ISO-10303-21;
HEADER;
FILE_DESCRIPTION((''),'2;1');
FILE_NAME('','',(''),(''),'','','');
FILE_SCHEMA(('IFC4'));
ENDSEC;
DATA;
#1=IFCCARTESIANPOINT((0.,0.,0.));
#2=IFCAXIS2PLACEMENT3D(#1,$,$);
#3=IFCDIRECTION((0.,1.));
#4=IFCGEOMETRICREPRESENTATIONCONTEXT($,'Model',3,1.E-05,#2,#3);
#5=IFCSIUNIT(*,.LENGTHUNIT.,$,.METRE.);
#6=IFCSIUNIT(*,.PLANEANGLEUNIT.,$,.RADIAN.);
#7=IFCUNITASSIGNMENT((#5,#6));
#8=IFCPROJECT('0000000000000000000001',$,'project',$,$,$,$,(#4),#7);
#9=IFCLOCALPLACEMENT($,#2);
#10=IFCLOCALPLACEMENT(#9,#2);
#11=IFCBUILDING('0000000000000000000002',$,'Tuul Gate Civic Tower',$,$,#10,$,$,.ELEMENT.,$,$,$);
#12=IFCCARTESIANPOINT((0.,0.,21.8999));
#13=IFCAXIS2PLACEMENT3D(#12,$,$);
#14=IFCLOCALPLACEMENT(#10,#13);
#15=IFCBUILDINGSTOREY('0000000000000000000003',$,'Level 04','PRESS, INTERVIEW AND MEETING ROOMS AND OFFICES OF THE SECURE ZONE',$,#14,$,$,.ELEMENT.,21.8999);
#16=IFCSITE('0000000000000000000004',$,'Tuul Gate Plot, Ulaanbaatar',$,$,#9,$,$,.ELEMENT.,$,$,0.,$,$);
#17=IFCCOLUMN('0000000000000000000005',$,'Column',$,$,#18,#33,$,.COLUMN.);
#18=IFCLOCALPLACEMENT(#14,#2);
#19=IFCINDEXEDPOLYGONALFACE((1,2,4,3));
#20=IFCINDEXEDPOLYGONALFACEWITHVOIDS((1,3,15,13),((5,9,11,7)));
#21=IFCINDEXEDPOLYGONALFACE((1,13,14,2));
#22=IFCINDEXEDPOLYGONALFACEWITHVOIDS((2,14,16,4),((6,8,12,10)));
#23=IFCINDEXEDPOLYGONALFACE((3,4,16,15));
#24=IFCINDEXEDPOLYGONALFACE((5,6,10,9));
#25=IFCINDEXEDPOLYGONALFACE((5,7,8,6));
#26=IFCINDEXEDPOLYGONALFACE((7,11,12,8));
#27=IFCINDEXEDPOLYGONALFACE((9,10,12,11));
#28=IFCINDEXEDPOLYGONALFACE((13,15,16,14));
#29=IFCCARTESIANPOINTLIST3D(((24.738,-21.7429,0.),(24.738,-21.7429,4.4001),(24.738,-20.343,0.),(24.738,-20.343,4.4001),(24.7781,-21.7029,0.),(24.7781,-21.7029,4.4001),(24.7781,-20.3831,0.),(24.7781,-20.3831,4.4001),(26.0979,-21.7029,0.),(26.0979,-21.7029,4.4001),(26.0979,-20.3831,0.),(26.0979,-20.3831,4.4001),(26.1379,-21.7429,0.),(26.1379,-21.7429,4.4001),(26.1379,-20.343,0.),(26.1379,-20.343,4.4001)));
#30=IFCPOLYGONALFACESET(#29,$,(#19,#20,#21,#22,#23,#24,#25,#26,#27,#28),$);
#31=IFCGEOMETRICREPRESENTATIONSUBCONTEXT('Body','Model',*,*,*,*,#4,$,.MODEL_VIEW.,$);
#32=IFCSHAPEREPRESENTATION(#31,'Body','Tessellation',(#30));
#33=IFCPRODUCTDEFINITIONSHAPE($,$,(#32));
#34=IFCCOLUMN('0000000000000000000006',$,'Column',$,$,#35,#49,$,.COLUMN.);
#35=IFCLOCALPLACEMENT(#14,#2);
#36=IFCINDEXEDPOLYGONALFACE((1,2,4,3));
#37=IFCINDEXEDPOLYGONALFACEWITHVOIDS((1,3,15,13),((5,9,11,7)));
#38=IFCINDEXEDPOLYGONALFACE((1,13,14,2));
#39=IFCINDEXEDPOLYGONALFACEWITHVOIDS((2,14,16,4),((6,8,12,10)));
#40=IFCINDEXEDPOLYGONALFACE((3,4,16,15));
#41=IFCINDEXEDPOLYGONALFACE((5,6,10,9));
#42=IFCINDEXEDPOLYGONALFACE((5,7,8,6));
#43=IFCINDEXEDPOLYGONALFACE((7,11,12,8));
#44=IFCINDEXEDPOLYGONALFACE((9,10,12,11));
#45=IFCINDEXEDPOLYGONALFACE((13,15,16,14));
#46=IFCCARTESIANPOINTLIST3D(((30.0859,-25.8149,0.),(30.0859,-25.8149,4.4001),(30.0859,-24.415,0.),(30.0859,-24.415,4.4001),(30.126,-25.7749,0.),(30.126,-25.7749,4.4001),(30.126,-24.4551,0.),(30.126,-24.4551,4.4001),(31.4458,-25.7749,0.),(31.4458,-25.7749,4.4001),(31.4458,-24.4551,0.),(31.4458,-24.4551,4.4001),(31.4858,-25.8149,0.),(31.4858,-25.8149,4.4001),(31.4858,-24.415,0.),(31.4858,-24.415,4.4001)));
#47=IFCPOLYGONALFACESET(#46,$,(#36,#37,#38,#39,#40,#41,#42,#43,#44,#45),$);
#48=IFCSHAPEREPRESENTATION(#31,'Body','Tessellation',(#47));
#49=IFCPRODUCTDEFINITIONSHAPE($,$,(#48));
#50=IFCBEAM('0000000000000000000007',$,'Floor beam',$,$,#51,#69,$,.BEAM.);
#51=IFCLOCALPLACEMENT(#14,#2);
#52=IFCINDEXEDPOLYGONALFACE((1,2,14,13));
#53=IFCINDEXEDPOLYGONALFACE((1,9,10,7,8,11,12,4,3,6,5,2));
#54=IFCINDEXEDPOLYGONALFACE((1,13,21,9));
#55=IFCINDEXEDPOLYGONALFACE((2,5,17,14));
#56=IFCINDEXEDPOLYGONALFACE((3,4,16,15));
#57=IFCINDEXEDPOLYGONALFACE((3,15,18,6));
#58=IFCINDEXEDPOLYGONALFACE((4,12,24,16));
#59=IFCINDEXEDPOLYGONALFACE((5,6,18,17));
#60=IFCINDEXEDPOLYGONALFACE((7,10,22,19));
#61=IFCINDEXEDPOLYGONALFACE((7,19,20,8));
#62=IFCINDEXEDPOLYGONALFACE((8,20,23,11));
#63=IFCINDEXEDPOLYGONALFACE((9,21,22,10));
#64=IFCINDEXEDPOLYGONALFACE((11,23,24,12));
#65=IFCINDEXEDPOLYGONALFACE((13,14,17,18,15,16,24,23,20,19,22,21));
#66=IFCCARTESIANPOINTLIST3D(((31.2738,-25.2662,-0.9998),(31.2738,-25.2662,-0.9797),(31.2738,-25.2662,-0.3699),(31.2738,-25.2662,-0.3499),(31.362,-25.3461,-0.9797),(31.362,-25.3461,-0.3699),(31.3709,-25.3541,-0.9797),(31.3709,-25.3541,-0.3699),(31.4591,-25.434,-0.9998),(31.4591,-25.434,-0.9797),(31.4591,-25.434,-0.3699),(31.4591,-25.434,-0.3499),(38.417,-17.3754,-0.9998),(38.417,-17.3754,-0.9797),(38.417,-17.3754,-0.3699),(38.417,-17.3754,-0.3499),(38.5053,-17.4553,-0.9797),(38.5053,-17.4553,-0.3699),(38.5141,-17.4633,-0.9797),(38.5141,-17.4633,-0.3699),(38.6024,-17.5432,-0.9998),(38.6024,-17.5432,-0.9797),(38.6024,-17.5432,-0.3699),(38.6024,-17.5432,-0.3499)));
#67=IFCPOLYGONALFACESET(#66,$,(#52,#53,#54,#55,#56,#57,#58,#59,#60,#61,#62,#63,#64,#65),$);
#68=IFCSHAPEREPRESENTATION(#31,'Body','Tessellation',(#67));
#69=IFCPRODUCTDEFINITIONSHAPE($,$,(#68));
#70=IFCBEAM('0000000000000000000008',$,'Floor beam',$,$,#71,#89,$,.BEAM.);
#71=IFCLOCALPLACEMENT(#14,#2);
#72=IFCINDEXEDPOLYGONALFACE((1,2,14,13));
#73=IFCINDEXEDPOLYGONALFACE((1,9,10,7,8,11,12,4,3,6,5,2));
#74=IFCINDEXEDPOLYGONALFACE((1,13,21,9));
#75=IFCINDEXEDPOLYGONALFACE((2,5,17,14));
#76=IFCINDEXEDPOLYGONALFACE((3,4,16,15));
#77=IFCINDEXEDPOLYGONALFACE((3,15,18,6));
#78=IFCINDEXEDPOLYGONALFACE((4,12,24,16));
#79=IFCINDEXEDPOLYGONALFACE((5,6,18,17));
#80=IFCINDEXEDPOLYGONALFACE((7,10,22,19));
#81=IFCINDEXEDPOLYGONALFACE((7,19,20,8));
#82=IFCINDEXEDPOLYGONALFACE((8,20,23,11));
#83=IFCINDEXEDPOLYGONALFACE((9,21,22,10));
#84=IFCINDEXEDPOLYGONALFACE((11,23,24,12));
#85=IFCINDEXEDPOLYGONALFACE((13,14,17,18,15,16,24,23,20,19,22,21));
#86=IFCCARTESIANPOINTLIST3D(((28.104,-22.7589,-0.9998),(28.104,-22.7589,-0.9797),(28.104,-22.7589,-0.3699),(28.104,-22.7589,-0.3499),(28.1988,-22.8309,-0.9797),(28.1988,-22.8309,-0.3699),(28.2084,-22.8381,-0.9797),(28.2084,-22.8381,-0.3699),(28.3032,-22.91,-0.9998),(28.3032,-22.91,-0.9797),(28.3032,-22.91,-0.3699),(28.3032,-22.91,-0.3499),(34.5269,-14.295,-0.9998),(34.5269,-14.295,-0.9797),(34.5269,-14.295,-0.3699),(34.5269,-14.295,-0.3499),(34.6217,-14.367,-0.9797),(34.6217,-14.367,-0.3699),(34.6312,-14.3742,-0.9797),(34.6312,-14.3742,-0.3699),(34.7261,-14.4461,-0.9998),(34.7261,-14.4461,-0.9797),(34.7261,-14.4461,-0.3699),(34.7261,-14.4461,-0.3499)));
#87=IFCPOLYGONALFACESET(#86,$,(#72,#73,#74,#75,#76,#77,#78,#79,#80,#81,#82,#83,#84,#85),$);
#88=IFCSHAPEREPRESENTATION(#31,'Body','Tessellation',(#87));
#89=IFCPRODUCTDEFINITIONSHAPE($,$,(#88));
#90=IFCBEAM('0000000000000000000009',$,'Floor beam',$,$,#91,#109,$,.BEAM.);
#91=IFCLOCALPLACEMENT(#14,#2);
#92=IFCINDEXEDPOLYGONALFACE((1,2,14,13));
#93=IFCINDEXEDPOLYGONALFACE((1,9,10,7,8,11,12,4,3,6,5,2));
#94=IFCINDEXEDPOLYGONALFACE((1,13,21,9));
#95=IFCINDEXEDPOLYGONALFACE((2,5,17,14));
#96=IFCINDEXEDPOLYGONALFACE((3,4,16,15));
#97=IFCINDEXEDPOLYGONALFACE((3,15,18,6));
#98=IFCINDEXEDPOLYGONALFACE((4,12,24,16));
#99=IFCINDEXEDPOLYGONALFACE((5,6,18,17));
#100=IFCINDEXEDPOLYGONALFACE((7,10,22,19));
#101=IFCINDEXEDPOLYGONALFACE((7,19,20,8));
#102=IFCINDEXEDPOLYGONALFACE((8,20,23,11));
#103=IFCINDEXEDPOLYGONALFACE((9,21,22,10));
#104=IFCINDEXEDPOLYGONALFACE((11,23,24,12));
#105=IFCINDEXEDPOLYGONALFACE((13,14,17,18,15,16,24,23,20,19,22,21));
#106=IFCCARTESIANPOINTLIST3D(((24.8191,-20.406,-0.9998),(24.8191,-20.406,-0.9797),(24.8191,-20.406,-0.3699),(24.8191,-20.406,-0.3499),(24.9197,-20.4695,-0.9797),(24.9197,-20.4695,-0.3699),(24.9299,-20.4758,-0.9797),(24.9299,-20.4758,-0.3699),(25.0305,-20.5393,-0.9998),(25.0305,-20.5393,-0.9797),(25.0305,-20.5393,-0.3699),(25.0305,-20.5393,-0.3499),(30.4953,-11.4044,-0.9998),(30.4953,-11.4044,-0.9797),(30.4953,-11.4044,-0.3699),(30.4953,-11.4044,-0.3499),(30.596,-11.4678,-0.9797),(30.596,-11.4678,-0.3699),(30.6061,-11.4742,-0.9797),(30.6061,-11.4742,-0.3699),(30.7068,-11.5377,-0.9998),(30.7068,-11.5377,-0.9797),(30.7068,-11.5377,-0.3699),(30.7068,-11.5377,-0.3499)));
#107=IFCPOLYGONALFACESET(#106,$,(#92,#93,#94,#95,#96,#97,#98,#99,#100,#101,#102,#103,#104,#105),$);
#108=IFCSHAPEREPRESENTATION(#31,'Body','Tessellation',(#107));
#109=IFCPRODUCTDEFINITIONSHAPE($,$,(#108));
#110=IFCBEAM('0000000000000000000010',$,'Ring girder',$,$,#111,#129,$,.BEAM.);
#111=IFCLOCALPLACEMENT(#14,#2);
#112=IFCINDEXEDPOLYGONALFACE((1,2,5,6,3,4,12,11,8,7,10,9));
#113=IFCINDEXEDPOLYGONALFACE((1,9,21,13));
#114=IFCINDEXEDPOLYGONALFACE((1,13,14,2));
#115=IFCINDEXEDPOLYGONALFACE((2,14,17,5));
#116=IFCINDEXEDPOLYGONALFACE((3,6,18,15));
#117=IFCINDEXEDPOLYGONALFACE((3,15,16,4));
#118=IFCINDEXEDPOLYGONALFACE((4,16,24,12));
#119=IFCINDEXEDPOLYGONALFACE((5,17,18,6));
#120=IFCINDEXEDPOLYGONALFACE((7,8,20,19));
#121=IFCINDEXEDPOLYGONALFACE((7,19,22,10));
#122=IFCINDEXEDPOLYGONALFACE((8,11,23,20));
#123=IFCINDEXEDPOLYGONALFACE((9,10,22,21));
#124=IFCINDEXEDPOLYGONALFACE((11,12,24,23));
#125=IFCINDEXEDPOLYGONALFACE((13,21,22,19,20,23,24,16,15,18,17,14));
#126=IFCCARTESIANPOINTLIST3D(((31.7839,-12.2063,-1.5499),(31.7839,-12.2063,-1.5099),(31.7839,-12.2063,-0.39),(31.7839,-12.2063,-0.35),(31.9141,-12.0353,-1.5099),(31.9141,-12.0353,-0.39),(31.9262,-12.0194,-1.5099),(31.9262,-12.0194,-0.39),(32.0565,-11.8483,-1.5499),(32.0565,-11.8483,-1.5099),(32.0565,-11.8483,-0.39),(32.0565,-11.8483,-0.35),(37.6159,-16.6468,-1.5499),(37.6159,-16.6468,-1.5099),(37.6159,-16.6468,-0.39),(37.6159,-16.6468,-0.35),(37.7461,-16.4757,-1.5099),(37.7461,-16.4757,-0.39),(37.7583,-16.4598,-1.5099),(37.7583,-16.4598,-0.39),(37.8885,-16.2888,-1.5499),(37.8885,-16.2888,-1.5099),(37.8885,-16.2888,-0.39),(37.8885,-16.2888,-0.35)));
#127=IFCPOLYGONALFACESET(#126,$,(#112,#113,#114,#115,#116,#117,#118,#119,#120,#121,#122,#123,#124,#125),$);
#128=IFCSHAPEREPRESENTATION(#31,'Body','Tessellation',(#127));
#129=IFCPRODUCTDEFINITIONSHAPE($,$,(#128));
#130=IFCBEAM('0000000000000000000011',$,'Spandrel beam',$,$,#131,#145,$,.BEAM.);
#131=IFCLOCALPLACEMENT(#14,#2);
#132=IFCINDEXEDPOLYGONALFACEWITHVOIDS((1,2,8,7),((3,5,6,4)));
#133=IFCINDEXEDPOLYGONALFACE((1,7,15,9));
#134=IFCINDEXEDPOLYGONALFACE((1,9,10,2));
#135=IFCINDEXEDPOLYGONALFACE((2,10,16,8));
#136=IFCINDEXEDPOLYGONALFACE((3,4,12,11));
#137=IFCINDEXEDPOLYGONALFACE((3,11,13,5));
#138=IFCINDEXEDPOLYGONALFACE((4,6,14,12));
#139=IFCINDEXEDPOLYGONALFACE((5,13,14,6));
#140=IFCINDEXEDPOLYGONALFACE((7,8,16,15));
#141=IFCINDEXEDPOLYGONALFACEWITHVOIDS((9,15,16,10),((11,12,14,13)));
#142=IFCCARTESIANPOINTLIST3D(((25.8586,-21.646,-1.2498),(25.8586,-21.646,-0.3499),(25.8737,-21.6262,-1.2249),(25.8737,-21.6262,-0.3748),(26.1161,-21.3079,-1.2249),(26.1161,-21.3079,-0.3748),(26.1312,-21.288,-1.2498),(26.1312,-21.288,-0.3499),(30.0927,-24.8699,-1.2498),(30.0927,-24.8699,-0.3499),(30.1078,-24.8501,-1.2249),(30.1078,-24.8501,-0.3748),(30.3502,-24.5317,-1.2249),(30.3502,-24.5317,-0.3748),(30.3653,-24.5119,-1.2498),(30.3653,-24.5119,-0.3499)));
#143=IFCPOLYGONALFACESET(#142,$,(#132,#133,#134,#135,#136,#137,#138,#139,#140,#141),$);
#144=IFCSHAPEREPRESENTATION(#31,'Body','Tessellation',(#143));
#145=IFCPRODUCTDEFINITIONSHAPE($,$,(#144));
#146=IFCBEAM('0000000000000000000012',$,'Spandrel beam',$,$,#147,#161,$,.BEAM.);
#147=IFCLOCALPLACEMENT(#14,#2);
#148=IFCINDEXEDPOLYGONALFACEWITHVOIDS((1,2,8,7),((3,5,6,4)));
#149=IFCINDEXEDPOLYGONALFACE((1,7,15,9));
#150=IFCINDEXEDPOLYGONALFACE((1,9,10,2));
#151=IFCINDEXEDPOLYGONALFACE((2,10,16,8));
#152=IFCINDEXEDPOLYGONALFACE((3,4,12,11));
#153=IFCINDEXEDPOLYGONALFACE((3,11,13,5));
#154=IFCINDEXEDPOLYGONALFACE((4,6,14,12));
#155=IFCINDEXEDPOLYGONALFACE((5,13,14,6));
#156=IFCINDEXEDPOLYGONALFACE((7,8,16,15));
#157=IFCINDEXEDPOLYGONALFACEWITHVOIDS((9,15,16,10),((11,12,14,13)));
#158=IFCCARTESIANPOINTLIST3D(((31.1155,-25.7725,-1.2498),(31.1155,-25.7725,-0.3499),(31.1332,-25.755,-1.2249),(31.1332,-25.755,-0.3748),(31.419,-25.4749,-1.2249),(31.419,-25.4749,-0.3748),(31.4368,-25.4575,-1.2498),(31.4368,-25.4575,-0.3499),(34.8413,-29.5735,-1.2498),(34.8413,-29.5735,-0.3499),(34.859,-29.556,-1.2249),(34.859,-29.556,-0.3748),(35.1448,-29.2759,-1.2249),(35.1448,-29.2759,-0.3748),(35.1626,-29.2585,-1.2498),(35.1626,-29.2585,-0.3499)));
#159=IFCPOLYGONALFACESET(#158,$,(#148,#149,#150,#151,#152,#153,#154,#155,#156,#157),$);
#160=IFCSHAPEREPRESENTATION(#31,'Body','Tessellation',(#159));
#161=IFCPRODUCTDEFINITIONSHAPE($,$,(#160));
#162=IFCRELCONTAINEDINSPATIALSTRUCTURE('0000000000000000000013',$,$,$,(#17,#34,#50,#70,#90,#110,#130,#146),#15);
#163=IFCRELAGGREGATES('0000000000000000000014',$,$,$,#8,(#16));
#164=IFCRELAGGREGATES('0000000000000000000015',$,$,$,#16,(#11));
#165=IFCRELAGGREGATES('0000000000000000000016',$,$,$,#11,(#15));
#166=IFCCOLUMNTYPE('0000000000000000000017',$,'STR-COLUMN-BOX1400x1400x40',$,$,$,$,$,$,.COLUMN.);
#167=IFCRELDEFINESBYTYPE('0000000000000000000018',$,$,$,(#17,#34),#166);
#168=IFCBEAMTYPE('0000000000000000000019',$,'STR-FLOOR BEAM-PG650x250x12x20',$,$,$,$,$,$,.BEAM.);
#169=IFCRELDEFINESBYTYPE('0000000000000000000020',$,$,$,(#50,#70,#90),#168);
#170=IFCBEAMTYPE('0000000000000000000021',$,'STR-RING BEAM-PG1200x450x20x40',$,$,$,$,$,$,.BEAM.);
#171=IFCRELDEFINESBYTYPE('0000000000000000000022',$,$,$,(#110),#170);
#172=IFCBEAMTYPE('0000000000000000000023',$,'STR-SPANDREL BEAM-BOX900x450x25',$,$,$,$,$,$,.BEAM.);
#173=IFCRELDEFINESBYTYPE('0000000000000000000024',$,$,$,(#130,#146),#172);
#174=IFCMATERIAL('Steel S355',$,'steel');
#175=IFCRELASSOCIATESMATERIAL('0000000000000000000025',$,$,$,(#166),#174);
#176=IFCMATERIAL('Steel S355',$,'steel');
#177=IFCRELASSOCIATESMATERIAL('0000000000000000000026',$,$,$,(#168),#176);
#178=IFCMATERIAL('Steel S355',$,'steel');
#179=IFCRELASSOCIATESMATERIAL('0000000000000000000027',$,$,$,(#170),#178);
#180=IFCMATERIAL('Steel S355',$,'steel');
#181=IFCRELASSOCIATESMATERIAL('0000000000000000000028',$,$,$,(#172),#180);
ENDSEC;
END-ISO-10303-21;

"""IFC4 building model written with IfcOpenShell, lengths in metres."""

from ifc_helpers import new_model, si_unit, direction, frame, origin, origin_2d, place, context, subcontext, project, spatial, hollow_rectangle, i_section, extrude, material, material_profile, profile_set, type_object, element, save


model = new_model("IFC4")

# Units and contexts
model_context = context("Model", 3, precision=1e-05, world=origin(), true_north=direction((0.0, 1.0)))
body_context = subcontext(model_context, "Body", "Model", "MODEL_VIEW")
ifc_project = project(units=[si_unit("LENGTHUNIT", "METRE"), si_unit("PLANEANGLEUNIT", "RADIAN")], contexts=[model_context])

# Site, building, storey
site_placement = place(None, origin())
site = spatial("IfcSite", under=ifc_project, at=site_placement, Name="Tuul Gate Plot, Ulaanbaatar", CompositionType="ELEMENT", RefElevation=0.0)
building_placement = place(site_placement, origin())
building = spatial("IfcBuilding", under=site, at=building_placement, Name="Tuul Gate Civic Tower", CompositionType="ELEMENT")
storey_placement = place(building_placement, frame((0.0, 0.0, 21.8999)))
storey = spatial("IfcBuildingStorey", under=building, at=storey_placement, Name="Level 04", Description="PRESS, INTERVIEW AND MEETING ROOMS AND OFFICES OF THE SECURE ZONE", CompositionType="ELEMENT", Elevation=21.8999)

# Columns
ifc_material_1 = material(Name="Steel S355", Category="steel")
ifc_material_profile_1 = material_profile(ifc_material_1, hollow_rectangle(XDim=1.3999, YDim=1.3999, WallThickness=0.04, at=origin_2d()), Name="BOX1400x1400x40")
ifc_profile_set_1 = profile_set([ifc_material_profile_1], Name="Steel S355")
column_type = type_object("IfcColumnType", Name="STR-COLUMN-BOX1400x1400x40", PredefinedType="COLUMN", material=ifc_profile_set_1)
for number, where, z_axis, x_axis, name in (
    (1, (25.438, -21.043, 0.0), (0.0, 0.0, 1.0), (1.0, 0.0, 0.0), "Column"),
    (2, (30.7859, -25.115, 0.0), (0.0, 0.0, 1.0), (1.0, 0.0, 0.0), "Column"),
):
    element("IfcColumn", number, at=place(storey_placement, frame(where, z_axis=z_axis, x_axis=x_axis)), inside=storey, type_object=column_type, Name=name, PredefinedType="COLUMN", context=body_context, shape_type="SweptSolid", body=[
        extrude(hollow_rectangle(XDim=1.3999, YDim=1.3999, WallThickness=0.04, at=origin_2d()), origin(), (0.0, 0.0, 1.0), 4.4001),
    ])

# Beams
ifc_material_2 = material(Name="Steel S355", Category="steel")
ifc_material_profile_2 = material_profile(ifc_material_2, i_section(OverallWidth=0.25, OverallDepth=0.6499, WebThickness=0.012, FlangeThickness=0.02, at=origin_2d()), Name="PG650x250x12x20")
ifc_profile_set_2 = profile_set([ifc_material_profile_2], Name="Steel S355")
beam_type_1 = type_object("IfcBeamType", Name="STR-FLOOR BEAM-PG650x250x12x20", PredefinedType="BEAM", material=ifc_profile_set_2)
beam_1_placement = place(storey_placement, frame((31.3665, -25.3501, -0.6748), z_axis=(0.671118, 0.741351, 0.0), x_axis=(-0.741351, 0.671118, 0.0)))
element("IfcBeam", 3, at=beam_1_placement, inside=storey, type_object=beam_type_1, Name="Floor beam", PredefinedType="BEAM", context=body_context, shape_type="SweptSolid", body=[
    extrude(i_section(OverallWidth=0.25, OverallDepth=0.6499, WebThickness=0.012, FlangeThickness=0.02, at=origin_2d()), origin(), (0.0, 0.0, 1.0), 10.6438),
])
beam_2_placement = place(storey_placement, frame((28.2036, -22.8345, -0.6748), z_axis=(0.604505, 0.796601, 0.0), x_axis=(-0.796601, 0.604505, 0.0)))
element("IfcBeam", 4, at=beam_2_placement, inside=storey, type_object=beam_type_1, Name="Floor beam", PredefinedType="BEAM", context=body_context, shape_type="SweptSolid", body=[
    extrude(i_section(OverallWidth=0.25, OverallDepth=0.6499, WebThickness=0.012, FlangeThickness=0.02, at=origin_2d()), origin(), (0.0, 0.0, 1.0), 10.625),
])
beam_3_placement = place(storey_placement, frame((24.9248, -20.4727, -0.6748), z_axis=(0.533387, 0.845871, 0.0), x_axis=(-0.845871, 0.533387, 0.0)))
element("IfcBeam", 5, at=beam_3_placement, inside=storey, type_object=beam_type_1, Name="Floor beam", PredefinedType="BEAM", context=body_context, shape_type="SweptSolid", body=[
    extrude(i_section(OverallWidth=0.25, OverallDepth=0.6499, WebThickness=0.012, FlangeThickness=0.02, at=origin_2d()), origin(), (0.0, 0.0, 1.0), 10.6418),
])
ifc_material_3 = material(Name="Steel S355", Category="steel")
ifc_material_profile_3 = material_profile(ifc_material_3, i_section(OverallWidth=0.45, OverallDepth=1.2, WebThickness=0.02, FlangeThickness=0.04, at=origin_2d()), Name="PG1200x450x20x40")
ifc_profile_set_3 = profile_set([ifc_material_profile_3], Name="Steel S355")
beam_type_2 = type_object("IfcBeamType", Name="STR-RING BEAM-PG1200x450x20x40", PredefinedType="BEAM", material=ifc_profile_set_3)
beam_4_placement = place(storey_placement, frame((31.9202, -12.0273, -0.95), z_axis=(0.79563, -0.605782, 0.0), x_axis=(0.605782, 0.79563, 0.0)))
element("IfcBeam", 6, at=beam_4_placement, inside=storey, type_object=beam_type_2, Name="Ring girder", PredefinedType="BEAM", context=body_context, shape_type="SweptSolid", body=[
    extrude(i_section(OverallWidth=0.45, OverallDepth=1.2, WebThickness=0.02, FlangeThickness=0.04, at=origin_2d()), origin(), (0.0, 0.0, 1.0), 7.3301),
])
ifc_material_4 = material(Name="Steel S355", Category="steel")
ifc_material_profile_4 = material_profile(ifc_material_4, hollow_rectangle(XDim=0.45, YDim=0.8999, WallThickness=0.0249, at=origin_2d()), Name="BOX900x450x25")
ifc_profile_set_4 = profile_set([ifc_material_profile_4], Name="Steel S355")
beam_type_3 = type_object("IfcBeamType", Name="STR-SPANDREL BEAM-BOX900x450x25", PredefinedType="BEAM", material=ifc_profile_set_4)
beam_5_placement = place(storey_placement, frame((25.9949, -21.467, -0.7998), z_axis=(0.795624, -0.60579, 0.0), x_axis=(0.60579, 0.795624, 0.0)))
element("IfcBeam", 7, at=beam_5_placement, inside=storey, type_object=beam_type_3, Name="Spandrel beam", PredefinedType="BEAM", context=body_context, shape_type="SweptSolid", body=[
    extrude(hollow_rectangle(XDim=0.45, YDim=0.8999, WallThickness=0.0249, at=origin_2d()), origin(), (0.0, 0.0, 1.0), 5.3218),
])
beam_6_placement = place(storey_placement, frame((31.2761, -25.615, -0.7998), z_axis=(0.700008, -0.714135, 0.0), x_axis=(0.714135, 0.700008, 0.0)))
element("IfcBeam", 8, at=beam_6_placement, inside=storey, type_object=beam_type_3, Name="Spandrel beam", PredefinedType="BEAM", context=body_context, shape_type="SweptSolid", body=[
    extrude(hollow_rectangle(XDim=0.45, YDim=0.8999, WallThickness=0.0249, at=origin_2d()), origin(), (0.0, 0.0, 1.0), 5.3225),
])

save(model, "model.ifc")
